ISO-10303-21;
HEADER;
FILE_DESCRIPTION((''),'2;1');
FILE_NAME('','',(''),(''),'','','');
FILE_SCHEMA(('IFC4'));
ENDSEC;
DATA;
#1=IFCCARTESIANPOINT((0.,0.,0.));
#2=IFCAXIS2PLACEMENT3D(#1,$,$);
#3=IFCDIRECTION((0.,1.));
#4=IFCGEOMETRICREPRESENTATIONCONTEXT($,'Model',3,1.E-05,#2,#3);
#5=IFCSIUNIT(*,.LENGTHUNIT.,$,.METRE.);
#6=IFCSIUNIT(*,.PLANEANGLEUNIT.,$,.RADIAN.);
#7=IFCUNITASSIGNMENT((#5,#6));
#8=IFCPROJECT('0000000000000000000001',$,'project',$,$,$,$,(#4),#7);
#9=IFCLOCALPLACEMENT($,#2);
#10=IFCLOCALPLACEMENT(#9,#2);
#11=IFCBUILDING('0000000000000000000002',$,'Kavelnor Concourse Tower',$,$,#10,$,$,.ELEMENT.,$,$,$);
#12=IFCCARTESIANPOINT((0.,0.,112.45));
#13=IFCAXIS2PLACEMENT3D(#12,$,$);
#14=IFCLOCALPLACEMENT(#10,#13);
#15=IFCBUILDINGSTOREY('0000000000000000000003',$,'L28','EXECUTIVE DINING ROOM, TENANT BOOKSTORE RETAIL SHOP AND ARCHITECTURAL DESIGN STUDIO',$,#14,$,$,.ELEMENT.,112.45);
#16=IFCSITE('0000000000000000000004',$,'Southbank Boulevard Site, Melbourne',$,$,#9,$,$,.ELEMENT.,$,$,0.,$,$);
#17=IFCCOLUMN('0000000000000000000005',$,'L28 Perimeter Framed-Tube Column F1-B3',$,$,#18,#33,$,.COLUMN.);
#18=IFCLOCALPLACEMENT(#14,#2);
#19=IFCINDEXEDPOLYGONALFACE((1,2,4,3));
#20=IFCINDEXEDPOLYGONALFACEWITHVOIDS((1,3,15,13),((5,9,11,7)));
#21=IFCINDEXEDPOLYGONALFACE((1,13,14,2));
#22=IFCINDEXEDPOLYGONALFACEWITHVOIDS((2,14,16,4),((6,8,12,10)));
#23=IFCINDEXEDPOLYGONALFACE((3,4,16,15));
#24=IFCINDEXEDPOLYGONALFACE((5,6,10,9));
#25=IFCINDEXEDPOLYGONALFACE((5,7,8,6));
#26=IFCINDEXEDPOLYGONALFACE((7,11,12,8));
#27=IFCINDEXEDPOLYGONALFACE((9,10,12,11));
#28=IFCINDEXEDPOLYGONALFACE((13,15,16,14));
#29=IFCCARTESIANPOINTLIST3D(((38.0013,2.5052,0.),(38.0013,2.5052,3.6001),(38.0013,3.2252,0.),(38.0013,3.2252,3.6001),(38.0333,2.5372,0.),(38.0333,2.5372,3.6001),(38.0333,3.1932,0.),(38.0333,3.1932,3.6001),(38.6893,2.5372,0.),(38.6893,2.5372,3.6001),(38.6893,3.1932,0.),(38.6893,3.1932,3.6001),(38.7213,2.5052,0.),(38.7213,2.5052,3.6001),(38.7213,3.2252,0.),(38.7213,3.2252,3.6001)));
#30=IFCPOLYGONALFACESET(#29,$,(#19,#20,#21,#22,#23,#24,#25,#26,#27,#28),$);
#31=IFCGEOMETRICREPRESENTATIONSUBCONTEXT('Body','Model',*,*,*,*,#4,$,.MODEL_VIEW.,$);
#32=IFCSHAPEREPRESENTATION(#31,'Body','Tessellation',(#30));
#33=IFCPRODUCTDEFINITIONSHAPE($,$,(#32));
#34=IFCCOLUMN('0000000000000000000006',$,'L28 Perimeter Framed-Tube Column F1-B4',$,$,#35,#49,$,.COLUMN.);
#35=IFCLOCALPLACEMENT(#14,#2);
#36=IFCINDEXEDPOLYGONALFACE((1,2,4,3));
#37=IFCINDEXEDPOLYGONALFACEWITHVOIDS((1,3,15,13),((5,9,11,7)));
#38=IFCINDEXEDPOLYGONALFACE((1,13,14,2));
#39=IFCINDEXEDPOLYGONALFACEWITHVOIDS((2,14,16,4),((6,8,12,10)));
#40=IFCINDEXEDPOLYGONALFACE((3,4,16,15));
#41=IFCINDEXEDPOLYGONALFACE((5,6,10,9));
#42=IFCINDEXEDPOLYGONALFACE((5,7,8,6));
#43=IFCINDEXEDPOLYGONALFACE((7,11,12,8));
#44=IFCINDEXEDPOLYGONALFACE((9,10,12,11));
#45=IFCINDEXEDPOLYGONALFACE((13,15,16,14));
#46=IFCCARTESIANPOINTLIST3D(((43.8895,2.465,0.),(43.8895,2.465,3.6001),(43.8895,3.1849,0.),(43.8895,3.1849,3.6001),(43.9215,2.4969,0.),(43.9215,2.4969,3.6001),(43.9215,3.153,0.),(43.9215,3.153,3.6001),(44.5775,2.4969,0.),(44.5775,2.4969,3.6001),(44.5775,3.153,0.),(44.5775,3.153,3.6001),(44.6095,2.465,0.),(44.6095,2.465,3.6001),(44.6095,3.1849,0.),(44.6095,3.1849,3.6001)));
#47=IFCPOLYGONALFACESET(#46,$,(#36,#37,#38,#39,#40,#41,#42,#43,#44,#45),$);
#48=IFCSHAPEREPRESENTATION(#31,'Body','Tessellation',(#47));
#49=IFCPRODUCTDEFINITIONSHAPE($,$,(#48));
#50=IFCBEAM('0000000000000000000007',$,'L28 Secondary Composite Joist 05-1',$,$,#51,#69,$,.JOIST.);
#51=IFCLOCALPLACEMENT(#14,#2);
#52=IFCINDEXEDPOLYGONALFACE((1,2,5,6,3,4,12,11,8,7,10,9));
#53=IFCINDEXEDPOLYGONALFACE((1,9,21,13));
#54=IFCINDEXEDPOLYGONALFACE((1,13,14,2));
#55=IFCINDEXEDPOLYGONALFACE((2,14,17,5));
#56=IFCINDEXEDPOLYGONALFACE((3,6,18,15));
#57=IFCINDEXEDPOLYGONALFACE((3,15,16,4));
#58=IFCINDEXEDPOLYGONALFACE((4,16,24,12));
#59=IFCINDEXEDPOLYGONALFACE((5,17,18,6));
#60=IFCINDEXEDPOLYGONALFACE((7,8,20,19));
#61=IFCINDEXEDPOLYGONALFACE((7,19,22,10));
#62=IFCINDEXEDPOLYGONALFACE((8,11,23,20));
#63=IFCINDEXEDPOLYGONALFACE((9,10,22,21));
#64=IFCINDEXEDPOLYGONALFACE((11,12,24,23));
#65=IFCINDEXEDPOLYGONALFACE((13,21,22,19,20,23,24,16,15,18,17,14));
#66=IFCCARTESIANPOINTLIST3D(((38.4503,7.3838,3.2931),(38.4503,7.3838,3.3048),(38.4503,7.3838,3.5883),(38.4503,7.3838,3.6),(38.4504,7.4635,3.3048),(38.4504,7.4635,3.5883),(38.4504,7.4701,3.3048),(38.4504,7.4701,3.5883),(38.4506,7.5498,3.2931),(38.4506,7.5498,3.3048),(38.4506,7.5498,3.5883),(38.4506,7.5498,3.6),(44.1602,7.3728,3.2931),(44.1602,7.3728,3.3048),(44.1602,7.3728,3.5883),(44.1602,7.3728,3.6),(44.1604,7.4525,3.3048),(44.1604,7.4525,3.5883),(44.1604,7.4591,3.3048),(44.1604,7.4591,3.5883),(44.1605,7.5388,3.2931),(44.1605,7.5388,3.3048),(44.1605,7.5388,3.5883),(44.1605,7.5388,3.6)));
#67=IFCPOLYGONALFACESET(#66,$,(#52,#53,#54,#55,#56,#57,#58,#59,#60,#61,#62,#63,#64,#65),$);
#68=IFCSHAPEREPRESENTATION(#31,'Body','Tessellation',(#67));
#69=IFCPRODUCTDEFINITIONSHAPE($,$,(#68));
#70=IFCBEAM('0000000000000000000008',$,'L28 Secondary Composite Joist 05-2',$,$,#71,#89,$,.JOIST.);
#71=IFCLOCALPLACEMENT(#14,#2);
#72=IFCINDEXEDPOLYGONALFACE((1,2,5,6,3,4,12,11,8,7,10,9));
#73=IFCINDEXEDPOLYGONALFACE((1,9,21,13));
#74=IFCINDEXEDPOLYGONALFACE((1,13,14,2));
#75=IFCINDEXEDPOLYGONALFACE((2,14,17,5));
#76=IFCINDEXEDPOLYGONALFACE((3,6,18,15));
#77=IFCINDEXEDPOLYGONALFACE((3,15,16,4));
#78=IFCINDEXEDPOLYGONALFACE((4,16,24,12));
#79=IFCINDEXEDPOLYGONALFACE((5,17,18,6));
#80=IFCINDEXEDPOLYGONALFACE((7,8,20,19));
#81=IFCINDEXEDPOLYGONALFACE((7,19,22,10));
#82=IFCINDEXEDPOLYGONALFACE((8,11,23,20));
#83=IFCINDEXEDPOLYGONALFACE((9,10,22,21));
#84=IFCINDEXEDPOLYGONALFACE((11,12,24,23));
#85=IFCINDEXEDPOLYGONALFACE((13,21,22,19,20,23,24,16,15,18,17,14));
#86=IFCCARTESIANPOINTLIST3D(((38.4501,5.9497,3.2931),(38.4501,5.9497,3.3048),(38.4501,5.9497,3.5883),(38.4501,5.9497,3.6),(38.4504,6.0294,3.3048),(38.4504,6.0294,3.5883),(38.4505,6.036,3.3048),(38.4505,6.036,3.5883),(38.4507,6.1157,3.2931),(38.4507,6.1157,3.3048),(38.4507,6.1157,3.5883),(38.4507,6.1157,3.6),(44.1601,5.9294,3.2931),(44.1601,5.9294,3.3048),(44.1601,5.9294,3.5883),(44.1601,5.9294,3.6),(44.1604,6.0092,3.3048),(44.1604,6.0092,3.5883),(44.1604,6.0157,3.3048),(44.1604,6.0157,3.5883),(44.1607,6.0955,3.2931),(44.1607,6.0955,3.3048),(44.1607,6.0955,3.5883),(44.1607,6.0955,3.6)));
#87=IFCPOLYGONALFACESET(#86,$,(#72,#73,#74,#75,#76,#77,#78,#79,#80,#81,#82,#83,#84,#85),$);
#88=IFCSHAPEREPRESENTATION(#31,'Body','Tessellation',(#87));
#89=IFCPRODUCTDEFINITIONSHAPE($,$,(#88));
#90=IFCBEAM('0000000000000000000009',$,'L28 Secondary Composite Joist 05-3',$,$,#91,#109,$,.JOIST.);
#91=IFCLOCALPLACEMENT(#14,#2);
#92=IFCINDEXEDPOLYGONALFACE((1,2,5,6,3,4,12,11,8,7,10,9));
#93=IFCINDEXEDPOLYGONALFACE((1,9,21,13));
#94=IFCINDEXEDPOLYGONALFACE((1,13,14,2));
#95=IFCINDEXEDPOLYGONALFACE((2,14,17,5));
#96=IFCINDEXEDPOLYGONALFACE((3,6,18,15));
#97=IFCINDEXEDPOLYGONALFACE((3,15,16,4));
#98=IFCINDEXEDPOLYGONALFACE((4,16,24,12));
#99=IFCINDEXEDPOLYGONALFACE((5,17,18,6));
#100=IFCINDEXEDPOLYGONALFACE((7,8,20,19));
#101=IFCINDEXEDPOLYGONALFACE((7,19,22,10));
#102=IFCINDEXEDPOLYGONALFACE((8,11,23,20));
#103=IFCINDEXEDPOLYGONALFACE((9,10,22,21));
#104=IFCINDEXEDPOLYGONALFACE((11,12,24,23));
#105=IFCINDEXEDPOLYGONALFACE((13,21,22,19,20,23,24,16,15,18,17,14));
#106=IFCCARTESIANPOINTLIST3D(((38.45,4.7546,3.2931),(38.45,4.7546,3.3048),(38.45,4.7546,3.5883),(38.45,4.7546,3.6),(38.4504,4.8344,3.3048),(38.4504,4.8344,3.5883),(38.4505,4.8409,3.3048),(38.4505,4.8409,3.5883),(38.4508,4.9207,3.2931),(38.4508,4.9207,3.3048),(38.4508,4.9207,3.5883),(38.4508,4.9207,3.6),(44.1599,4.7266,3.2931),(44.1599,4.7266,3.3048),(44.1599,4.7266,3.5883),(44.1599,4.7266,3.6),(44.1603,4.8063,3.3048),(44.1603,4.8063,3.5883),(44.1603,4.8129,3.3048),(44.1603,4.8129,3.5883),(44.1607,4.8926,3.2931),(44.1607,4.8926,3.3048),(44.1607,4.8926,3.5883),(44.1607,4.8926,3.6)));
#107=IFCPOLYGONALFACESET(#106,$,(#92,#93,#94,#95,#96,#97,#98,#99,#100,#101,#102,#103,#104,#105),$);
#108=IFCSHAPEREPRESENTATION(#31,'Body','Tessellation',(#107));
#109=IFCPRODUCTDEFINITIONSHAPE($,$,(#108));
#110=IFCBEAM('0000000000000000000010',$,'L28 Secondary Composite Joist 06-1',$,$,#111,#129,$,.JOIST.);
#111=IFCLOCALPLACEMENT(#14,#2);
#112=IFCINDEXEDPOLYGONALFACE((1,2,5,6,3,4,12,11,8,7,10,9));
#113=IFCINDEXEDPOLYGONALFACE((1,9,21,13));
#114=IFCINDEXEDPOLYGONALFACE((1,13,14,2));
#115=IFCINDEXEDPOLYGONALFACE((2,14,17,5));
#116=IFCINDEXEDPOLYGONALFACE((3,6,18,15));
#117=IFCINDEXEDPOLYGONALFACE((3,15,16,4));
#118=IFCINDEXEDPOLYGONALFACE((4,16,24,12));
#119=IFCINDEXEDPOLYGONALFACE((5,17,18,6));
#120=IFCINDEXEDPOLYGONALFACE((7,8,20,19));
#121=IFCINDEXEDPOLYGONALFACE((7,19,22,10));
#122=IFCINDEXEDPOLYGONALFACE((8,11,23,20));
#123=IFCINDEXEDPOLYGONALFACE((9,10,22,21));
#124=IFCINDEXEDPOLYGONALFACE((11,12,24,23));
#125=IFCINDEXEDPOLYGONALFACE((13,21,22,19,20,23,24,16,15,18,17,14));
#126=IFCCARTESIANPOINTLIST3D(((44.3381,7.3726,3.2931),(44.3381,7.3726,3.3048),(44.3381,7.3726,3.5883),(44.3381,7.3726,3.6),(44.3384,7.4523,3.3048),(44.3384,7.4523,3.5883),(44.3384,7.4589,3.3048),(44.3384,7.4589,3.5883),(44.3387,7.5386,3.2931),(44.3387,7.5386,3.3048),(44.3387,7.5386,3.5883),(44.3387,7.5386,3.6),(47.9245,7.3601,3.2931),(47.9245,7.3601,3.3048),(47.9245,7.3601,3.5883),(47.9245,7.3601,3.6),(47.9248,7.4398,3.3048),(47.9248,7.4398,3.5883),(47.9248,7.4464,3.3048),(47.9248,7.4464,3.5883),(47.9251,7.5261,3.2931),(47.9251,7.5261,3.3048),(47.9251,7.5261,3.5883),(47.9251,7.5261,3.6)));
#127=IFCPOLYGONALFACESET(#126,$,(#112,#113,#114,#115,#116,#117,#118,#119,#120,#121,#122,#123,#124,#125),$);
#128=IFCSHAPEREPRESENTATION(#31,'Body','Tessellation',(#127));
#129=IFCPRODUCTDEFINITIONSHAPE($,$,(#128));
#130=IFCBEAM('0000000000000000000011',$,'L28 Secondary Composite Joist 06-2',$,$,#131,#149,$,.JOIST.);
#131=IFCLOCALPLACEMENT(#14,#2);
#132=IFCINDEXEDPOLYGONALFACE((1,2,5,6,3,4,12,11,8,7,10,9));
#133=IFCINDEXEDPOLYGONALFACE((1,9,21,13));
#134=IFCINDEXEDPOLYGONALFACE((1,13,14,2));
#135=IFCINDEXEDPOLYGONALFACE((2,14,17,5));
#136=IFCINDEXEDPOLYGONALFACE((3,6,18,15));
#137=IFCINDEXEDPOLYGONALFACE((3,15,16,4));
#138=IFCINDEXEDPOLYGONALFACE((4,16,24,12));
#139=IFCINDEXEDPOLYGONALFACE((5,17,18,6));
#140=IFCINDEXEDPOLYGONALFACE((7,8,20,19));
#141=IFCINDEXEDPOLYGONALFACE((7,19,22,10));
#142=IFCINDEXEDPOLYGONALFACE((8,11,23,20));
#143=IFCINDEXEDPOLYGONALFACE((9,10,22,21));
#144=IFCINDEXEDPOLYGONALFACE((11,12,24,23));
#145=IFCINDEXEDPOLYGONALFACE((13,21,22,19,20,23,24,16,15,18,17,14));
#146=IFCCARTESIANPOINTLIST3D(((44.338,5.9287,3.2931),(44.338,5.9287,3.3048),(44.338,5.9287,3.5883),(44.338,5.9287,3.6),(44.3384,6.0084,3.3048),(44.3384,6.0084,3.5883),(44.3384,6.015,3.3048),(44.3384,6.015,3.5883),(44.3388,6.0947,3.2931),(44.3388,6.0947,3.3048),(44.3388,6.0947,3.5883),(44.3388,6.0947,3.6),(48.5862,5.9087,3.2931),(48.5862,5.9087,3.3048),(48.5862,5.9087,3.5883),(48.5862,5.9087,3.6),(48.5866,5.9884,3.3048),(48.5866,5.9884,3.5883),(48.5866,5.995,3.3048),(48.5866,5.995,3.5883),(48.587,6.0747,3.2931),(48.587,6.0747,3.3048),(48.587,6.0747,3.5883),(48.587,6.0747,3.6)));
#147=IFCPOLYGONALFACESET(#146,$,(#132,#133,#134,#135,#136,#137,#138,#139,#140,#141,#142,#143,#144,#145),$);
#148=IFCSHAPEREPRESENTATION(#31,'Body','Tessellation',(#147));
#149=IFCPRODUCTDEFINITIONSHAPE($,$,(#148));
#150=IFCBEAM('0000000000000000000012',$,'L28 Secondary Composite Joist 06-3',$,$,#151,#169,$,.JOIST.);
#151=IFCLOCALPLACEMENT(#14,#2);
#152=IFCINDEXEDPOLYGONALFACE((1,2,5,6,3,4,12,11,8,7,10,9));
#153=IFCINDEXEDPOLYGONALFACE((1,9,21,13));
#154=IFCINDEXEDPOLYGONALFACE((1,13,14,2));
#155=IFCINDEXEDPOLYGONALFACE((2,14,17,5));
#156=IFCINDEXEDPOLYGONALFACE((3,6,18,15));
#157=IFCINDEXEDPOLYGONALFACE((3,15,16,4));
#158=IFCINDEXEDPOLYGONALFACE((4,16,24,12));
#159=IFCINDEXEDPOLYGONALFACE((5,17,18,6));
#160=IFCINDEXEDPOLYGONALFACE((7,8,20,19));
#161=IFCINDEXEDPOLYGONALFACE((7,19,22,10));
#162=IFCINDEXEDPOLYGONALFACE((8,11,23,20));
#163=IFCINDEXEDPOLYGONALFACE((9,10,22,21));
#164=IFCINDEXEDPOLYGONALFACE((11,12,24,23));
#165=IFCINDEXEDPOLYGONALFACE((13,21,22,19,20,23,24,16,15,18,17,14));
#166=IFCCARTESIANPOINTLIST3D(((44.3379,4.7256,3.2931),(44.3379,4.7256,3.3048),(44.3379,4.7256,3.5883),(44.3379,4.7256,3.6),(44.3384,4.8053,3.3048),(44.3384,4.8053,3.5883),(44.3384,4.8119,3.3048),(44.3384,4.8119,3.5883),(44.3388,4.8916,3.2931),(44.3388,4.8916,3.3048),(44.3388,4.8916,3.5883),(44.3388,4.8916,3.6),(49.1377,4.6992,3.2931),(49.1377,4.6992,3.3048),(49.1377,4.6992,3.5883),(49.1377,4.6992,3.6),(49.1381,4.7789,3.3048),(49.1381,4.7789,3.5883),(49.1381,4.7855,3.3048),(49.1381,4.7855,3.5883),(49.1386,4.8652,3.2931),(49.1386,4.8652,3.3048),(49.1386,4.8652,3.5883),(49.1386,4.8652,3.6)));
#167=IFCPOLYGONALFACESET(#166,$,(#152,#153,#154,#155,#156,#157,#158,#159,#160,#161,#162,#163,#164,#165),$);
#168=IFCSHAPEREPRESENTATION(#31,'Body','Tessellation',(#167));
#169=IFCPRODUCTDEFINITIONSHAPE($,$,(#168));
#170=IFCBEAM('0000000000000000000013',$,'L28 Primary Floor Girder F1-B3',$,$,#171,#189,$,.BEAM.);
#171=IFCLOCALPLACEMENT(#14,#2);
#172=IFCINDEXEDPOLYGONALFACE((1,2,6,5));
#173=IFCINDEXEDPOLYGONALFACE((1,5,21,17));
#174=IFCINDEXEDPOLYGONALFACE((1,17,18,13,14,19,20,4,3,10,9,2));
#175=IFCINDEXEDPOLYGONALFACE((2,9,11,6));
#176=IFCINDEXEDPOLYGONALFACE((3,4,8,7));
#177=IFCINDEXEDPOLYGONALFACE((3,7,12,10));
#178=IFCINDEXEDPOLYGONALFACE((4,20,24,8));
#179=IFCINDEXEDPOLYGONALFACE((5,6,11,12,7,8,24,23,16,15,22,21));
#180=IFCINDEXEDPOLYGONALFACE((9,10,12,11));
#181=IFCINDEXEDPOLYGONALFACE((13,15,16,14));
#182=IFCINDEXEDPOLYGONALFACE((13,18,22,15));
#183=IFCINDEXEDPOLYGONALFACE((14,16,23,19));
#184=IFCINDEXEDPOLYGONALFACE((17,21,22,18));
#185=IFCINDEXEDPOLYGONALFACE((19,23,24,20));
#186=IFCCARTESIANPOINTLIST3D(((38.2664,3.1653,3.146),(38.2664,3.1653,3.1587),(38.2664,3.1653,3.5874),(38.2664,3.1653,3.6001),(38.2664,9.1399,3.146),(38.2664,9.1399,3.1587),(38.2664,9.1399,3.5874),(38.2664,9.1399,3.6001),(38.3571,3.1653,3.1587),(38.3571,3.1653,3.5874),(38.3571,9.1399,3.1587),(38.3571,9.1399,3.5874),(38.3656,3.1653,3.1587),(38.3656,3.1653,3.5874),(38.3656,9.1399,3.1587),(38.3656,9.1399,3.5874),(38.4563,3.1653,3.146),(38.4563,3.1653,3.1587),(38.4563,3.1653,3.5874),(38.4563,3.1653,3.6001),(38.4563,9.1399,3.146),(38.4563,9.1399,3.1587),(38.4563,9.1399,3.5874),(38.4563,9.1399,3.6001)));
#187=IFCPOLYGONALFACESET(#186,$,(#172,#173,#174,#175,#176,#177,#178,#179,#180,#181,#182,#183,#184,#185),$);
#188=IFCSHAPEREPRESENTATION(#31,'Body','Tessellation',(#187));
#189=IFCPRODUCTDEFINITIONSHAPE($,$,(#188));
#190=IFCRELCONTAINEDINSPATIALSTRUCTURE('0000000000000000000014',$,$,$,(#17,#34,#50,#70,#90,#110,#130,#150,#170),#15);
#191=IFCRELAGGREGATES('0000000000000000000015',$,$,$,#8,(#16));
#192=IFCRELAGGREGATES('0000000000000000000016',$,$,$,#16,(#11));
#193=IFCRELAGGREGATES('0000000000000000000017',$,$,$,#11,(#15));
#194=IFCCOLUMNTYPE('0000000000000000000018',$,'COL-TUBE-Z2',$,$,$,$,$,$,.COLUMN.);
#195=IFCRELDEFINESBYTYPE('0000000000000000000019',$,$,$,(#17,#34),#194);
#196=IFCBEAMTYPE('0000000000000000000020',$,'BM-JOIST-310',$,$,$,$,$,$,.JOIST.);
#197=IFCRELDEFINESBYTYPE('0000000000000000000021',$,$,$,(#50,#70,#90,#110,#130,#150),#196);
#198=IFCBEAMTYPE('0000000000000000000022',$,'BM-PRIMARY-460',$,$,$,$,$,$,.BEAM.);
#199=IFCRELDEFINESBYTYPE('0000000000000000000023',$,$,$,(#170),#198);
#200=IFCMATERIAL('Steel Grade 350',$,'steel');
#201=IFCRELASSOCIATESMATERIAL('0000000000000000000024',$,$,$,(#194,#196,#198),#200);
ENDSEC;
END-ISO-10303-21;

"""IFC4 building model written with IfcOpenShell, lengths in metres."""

from ifc_helpers import new_model, si_unit, direction, frame, origin, origin_2d, place, context, subcontext, project, spatial, hollow_rectangle, i_section, extrude, material, material_profile, profile_set, type_object, element, save


model = new_model("IFC4")

# Units and contexts
model_context = context("Model", 3, precision=1e-05, world=origin(), true_north=direction((0.0, 1.0)))
body_context = subcontext(model_context, "Body", "Model", "MODEL_VIEW")
ifc_project = project(units=[si_unit("LENGTHUNIT", "METRE"), si_unit("PLANEANGLEUNIT", "RADIAN")], contexts=[model_context])

# Site, building, storey
site_placement = place(None, origin())
site = spatial("IfcSite", under=ifc_project, at=site_placement, Name="Southbank Boulevard Site, Melbourne", CompositionType="ELEMENT", RefElevation=0.0)
building_placement = place(site_placement, origin())
building = spatial("IfcBuilding", under=site, at=building_placement, Name="Kavelnor Concourse Tower", CompositionType="ELEMENT")
storey_placement = place(building_placement, frame((0.0, 0.0, 112.45)))
storey = spatial("IfcBuildingStorey", under=building, at=storey_placement, Name="L28", Description="EXECUTIVE DINING ROOM, TENANT BOOKSTORE RETAIL SHOP AND ARCHITECTURAL DESIGN STUDIO", CompositionType="ELEMENT", Elevation=112.45)

# Columns
ifc_material_1 = material(Name="Steel Grade 350", Category="steel")
ifc_material_profile_1 = material_profile(ifc_material_1, hollow_rectangle(XDim=0.72, YDim=0.72, WallThickness=0.032, at=origin_2d()), Name="SHS 720x720x32")
ifc_profile_set_1 = profile_set([ifc_material_profile_1], Name="Steel Grade 350")
column_type = type_object("IfcColumnType", Name="COL-TUBE-Z2", PredefinedType="COLUMN", material=ifc_profile_set_1)
for number, where, z_axis, x_axis, name in (
    (1, (38.3613, 2.8652, 0.0), (0.0, 0.0, 1.0), (1.0, 0.0, 0.0), "L28 Perimeter Framed-Tube Column F1-B3"),
    (2, (44.2495, 2.825, 0.0), (0.0, 0.0, 1.0), (1.0, 0.0, 0.0), "L28 Perimeter Framed-Tube Column F1-B4"),
):
    element("IfcColumn", number, at=place(storey_placement, frame(where, z_axis=z_axis, x_axis=x_axis)), inside=storey, type_object=column_type, Name=name, PredefinedType="COLUMN", context=body_context, shape_type="SweptSolid", body=[
        extrude(hollow_rectangle(XDim=0.72, YDim=0.72, WallThickness=0.032, at=origin_2d()), origin(), (0.0, 0.0, 1.0), 3.6001),
    ])

# Beams
ifc_material_profile_2 = material_profile(ifc_material_1, i_section(OverallWidth=0.166, OverallDepth=0.3069, WebThickness=0.0066, FlangeThickness=0.0117, at=origin_2d()), Name="310UB46")
ifc_profile_set_2 = profile_set([ifc_material_profile_2], Name="Steel Grade 350")
beam_type_1 = type_object("IfcBeamType", Name="BM-JOIST-310", PredefinedType="JOIST", material=ifc_profile_set_2)
for number, where, z_axis, x_axis, name in (
    (3, (38.4504, 7.4668, 3.4465), (0.999998, -0.001924, 0.0), (0.001924, 0.999998, 0.0), "L28 Secondary Composite Joist 05-1"),
    (4, (38.4504, 6.0327, 3.4465), (0.999994, -0.003549, 0.0), (0.003549, 0.999994, 0.0), "L28 Secondary Composite Joist 05-2"),
    (5, (38.4504, 4.8376, 3.4465), (0.999988, -0.004917, 0.0), (0.004917, 0.999988, 0.0), "L28 Secondary Composite Joist 05-3"),
):
    element("IfcBeam", number, at=place(storey_placement, frame(where, z_axis=z_axis, x_axis=x_axis)), inside=storey, type_object=beam_type_1, Name=name, PredefinedType="JOIST", context=body_context, shape_type="SweptSolid", body=[
        extrude(i_section(OverallWidth=0.166, OverallDepth=0.3069, WebThickness=0.0066, FlangeThickness=0.0117, at=origin_2d()), origin(), (0.0, 0.0, 1.0), 5.71),
    ])
beam_1_placement = place(storey_placement, frame((44.3384, 7.4556, 3.4465), z_axis=(0.999994, -0.003472, 0.0), x_axis=(0.003472, 0.999994, 0.0)))
element("IfcBeam", 6, at=beam_1_placement, inside=storey, type_object=beam_type_1, Name="L28 Secondary Composite Joist 06-1", PredefinedType="JOIST", context=body_context, shape_type="SweptSolid", body=[
    extrude(i_section(OverallWidth=0.166, OverallDepth=0.3069, WebThickness=0.0066, FlangeThickness=0.0117, at=origin_2d()), origin(), (0.0, 0.0, 1.0), 3.5864),
])
beam_2_placement = place(storey_placement, frame((44.3384, 6.0117, 3.4465), z_axis=(0.999989, -0.004712, 0.0), x_axis=(0.004712, 0.999989, 0.0)))
element("IfcBeam", 7, at=beam_2_placement, inside=storey, type_object=beam_type_1, Name="L28 Secondary Composite Joist 06-2", PredefinedType="JOIST", context=body_context, shape_type="SweptSolid", body=[
    extrude(i_section(OverallWidth=0.166, OverallDepth=0.3069, WebThickness=0.0066, FlangeThickness=0.0117, at=origin_2d()), origin(), (0.0, 0.0, 1.0), 4.2483),
])
beam_3_placement = place(storey_placement, frame((44.3384, 4.8086, 3.4465), z_axis=(0.999985, -0.005493, 0.0), x_axis=(0.005493, 0.999985, 0.0)))
element("IfcBeam", 8, at=beam_3_placement, inside=storey, type_object=beam_type_1, Name="L28 Secondary Composite Joist 06-3", PredefinedType="JOIST", context=body_context, shape_type="SweptSolid", body=[
    extrude(i_section(OverallWidth=0.166, OverallDepth=0.3069, WebThickness=0.0066, FlangeThickness=0.0117, at=origin_2d()), origin(), (0.0, 0.0, 1.0), 4.7998),
])
ifc_material_profile_3 = material_profile(ifc_material_1, i_section(OverallWidth=0.1899, OverallDepth=0.4541, WebThickness=0.0085, FlangeThickness=0.0127, at=origin_2d()), Name="460UB67")
ifc_profile_set_3 = profile_set([ifc_material_profile_3], Name="Steel Grade 350")
beam_type_2 = type_object("IfcBeamType", Name="BM-PRIMARY-460", PredefinedType="BEAM", material=ifc_profile_set_3)
beam_4_placement = place(storey_placement, frame((38.3613, 9.1399, 3.373), z_axis=(0.0, -1.0, 0.0), x_axis=(1.0, 0.0, 0.0)))
element("IfcBeam", 9, at=beam_4_placement, inside=storey, type_object=beam_type_2, Name="L28 Primary Floor Girder F1-B3", PredefinedType="BEAM", context=body_context, shape_type="SweptSolid", body=[
    extrude(i_section(OverallWidth=0.1899, OverallDepth=0.4541, WebThickness=0.0085, FlangeThickness=0.0127, at=origin_2d()), origin(), (0.0, 0.0, 1.0), 5.9746),
])

save(model, "model.ifc")
